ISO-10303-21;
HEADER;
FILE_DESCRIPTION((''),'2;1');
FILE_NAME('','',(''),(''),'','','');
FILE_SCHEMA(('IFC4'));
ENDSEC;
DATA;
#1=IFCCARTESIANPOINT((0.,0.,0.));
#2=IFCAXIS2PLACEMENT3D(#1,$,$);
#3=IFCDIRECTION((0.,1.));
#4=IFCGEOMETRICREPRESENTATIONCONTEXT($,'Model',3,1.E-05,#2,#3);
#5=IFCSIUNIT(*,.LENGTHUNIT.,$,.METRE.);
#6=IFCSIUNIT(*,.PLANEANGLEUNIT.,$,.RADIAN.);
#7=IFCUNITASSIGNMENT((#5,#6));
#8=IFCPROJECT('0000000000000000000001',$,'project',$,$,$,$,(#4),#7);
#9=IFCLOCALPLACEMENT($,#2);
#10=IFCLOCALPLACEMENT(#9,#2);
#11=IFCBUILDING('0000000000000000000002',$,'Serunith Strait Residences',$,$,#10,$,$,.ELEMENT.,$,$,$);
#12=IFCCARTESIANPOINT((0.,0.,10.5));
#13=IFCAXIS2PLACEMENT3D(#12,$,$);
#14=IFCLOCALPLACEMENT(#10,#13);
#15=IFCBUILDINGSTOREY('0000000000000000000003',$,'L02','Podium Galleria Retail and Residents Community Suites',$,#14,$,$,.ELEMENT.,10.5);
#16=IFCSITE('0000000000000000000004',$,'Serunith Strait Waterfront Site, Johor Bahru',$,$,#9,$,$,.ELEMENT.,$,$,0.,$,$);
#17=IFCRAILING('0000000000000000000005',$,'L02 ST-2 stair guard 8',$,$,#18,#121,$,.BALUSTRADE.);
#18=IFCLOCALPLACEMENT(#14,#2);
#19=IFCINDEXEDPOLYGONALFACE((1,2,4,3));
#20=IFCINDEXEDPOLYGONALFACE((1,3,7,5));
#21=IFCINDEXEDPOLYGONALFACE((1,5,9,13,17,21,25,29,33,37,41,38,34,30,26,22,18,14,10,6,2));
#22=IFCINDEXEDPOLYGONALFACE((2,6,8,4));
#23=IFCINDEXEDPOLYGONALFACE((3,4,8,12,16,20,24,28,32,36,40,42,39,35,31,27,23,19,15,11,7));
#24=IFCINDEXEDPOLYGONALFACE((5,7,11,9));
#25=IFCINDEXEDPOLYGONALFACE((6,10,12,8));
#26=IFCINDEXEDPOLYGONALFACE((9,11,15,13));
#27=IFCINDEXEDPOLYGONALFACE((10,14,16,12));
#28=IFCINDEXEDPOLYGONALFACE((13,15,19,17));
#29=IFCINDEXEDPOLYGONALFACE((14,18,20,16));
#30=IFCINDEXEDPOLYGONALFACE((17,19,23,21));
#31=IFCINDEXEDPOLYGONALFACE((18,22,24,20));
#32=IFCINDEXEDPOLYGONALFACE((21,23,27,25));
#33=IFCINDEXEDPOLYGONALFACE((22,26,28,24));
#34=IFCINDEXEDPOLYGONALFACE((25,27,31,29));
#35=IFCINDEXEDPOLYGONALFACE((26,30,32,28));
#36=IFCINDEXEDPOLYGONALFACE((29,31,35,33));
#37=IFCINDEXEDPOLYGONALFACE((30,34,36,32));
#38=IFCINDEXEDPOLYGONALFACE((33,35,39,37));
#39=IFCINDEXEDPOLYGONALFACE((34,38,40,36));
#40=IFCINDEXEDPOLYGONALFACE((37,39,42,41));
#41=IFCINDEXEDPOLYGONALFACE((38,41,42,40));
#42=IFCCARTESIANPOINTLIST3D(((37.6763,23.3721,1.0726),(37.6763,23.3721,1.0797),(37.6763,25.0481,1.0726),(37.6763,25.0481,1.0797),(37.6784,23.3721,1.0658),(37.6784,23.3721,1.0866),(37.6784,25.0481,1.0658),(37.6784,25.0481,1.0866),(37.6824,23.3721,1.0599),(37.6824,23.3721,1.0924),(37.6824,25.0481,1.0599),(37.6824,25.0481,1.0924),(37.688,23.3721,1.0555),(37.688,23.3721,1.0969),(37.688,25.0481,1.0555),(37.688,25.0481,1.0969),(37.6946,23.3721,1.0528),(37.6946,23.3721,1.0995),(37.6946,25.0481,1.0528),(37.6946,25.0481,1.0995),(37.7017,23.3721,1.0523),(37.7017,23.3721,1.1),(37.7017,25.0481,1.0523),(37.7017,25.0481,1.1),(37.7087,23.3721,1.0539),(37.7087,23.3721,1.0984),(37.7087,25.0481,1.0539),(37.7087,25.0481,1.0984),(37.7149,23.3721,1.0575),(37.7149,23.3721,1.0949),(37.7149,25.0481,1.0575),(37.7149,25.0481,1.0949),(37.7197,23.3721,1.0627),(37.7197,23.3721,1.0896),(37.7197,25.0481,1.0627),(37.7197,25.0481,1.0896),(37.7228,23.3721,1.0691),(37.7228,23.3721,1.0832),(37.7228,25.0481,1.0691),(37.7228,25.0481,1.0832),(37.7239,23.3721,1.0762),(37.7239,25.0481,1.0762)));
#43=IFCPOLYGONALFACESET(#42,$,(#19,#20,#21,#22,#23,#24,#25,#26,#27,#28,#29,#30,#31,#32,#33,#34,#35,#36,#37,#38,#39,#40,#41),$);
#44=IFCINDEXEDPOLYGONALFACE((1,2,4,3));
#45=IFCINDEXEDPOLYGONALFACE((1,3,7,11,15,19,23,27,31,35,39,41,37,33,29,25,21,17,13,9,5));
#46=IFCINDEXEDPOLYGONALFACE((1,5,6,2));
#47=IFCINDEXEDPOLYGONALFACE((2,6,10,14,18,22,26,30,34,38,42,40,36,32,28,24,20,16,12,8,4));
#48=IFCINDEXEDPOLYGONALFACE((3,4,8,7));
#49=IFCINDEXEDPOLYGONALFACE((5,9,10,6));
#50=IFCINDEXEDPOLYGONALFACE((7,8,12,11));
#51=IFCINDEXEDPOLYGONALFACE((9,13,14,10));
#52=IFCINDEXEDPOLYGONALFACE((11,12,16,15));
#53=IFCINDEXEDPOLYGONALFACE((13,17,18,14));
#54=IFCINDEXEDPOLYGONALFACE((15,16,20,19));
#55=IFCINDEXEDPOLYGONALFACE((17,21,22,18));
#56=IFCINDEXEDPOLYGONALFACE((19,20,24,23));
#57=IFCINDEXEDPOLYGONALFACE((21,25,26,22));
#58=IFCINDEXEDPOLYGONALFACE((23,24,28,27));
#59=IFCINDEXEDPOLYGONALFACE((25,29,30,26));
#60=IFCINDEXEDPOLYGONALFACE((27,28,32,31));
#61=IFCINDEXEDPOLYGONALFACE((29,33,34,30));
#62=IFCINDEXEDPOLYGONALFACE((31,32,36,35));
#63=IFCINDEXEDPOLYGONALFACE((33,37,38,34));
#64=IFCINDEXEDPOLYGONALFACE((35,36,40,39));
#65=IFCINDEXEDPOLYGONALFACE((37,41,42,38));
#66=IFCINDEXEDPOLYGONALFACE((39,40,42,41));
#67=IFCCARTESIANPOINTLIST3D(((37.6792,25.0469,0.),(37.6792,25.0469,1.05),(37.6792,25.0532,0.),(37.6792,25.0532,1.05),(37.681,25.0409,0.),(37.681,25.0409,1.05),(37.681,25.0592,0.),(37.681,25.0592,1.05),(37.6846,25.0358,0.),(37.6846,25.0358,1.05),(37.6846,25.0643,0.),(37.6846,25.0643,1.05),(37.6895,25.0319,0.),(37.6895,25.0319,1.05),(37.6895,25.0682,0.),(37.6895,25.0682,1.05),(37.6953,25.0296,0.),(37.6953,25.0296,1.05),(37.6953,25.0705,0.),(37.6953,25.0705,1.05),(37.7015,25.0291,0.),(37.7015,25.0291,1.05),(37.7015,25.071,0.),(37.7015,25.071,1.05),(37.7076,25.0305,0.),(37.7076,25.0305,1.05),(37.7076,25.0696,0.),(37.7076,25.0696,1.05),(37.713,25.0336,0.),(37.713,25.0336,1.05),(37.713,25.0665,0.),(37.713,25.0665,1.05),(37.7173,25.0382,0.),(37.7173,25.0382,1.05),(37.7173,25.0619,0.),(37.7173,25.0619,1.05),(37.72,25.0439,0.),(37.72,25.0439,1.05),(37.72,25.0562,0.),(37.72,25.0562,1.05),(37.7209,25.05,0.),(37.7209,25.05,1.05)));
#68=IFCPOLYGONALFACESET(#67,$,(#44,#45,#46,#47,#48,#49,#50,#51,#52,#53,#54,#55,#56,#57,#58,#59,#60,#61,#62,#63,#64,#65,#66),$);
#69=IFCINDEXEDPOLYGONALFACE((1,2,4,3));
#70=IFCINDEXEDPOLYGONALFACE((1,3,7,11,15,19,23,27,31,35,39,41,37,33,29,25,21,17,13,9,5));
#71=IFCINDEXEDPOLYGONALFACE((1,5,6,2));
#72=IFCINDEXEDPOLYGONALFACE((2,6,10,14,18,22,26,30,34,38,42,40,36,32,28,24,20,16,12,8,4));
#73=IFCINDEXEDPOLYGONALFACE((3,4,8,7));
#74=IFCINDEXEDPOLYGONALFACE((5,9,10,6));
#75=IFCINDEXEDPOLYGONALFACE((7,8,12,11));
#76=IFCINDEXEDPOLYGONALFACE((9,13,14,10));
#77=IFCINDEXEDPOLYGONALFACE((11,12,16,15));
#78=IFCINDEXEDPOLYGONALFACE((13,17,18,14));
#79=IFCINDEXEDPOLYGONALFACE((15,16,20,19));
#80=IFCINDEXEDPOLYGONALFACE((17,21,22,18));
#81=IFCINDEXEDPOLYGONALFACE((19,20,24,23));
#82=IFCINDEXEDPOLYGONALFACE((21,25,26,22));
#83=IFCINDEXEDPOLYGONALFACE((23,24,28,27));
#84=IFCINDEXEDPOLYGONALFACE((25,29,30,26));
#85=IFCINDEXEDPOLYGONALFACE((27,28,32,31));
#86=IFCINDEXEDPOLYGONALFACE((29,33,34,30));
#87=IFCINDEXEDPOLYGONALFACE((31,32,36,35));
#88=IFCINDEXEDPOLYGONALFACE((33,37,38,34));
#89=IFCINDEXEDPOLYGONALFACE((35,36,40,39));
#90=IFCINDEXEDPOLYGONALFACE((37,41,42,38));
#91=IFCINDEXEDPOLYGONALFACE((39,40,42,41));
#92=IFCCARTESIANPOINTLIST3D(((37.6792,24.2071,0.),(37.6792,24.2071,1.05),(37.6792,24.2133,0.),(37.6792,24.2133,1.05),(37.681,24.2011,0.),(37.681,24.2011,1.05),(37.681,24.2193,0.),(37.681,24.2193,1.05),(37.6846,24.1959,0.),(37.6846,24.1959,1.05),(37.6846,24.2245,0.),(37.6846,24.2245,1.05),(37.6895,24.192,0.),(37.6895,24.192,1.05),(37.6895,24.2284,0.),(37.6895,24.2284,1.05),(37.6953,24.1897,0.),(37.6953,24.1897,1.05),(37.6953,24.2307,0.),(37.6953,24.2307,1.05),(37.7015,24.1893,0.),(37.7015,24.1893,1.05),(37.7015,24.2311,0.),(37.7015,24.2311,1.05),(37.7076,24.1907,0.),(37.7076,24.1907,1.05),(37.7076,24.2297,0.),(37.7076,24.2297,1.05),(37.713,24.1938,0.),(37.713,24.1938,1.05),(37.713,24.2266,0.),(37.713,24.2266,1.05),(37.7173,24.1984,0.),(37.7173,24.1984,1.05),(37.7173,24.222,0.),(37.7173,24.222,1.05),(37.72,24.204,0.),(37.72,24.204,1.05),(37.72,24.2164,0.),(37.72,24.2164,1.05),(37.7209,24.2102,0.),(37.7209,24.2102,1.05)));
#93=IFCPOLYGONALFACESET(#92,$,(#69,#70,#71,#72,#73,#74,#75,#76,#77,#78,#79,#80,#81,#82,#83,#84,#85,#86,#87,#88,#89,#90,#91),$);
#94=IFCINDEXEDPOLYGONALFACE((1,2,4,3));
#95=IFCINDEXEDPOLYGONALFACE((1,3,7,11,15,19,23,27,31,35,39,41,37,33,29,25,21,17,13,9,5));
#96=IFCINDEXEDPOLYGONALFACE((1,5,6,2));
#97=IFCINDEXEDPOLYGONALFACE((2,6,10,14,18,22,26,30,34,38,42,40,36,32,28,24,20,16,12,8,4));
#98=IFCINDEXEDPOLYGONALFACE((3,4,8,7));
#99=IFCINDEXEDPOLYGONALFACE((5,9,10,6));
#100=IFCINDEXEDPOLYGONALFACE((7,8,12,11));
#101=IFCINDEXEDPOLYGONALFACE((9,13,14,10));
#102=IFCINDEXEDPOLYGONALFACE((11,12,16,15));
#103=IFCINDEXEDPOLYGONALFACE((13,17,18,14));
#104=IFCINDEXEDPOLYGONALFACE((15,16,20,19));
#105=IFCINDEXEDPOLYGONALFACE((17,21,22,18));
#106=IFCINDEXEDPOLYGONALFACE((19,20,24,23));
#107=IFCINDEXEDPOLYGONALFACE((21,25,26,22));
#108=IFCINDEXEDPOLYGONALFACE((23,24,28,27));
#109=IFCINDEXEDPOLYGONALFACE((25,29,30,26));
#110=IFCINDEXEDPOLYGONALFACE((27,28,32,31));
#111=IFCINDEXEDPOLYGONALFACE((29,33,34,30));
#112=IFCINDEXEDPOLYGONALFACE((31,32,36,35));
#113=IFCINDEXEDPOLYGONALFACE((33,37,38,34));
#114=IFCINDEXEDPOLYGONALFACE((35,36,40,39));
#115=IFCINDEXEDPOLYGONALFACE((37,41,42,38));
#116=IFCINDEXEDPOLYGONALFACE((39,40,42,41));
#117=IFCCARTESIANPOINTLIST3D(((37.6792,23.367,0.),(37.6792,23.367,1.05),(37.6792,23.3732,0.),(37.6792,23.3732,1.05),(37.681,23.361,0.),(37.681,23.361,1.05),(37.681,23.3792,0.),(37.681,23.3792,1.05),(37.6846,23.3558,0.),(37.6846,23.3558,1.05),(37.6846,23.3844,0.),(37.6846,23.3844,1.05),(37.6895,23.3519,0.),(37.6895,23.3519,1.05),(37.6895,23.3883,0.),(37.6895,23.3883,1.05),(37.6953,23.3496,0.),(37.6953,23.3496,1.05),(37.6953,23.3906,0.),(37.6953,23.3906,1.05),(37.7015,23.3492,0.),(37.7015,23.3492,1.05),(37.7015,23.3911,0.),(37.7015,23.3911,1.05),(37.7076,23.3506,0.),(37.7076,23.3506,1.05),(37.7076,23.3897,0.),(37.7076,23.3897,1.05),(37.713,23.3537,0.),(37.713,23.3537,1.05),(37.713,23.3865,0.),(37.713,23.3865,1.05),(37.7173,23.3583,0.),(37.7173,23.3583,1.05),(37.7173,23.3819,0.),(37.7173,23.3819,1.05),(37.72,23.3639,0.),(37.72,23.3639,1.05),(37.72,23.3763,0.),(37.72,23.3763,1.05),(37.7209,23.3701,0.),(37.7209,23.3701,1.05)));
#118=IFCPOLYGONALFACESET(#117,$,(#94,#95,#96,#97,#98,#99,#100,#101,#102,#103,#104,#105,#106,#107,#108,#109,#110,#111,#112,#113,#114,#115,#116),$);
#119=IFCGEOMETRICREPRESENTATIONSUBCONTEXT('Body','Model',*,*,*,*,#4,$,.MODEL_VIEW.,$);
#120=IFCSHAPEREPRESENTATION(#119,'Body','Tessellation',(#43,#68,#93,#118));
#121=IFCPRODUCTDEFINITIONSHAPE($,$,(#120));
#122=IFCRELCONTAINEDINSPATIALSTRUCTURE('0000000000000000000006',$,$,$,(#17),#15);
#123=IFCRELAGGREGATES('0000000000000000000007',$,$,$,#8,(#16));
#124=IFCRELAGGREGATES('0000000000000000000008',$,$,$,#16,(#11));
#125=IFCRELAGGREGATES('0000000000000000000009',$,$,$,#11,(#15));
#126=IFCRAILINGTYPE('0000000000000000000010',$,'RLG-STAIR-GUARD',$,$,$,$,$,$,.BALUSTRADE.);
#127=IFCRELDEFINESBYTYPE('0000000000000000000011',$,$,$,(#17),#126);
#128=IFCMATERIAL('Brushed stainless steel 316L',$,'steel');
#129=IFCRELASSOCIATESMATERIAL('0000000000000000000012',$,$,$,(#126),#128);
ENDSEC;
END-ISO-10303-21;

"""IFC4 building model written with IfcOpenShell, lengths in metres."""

from ifc_helpers import new_model, si_unit, direction, frame, origin, origin_2d, place, context, subcontext, project, spatial, circle, extrude, material, type_object, element, save


model = new_model("IFC4")

# Units and contexts
model_context = context("Model", 3, precision=1e-05, world=origin(), true_north=direction((0.0, 1.0)))
body_context = subcontext(model_context, "Body", "Model", "MODEL_VIEW")
ifc_project = project(units=[si_unit("LENGTHUNIT", "METRE"), si_unit("PLANEANGLEUNIT", "RADIAN")], contexts=[model_context])

# Site, building, storey
site_placement = place(None, origin())
site = spatial("IfcSite", under=ifc_project, at=site_placement, Name="Serunith Strait Waterfront Site, Johor Bahru", CompositionType="ELEMENT", RefElevation=0.0)
building_placement = place(site_placement, origin())
building = spatial("IfcBuilding", under=site, at=building_placement, Name="Serunith Strait Residences", CompositionType="ELEMENT")
storey_placement = place(building_placement, frame((0.0, 0.0, 10.5)))
storey = spatial("IfcBuildingStorey", under=building, at=storey_placement, Name="L02", Description="Podium Galleria Retail and Residents Community Suites", CompositionType="ELEMENT", Elevation=10.5)

# Railing
ifc_material_1 = material(Name="Brushed stainless steel 316L", Category="steel")
railing_type_1 = type_object("IfcRailingType", Name="RLG-STAIR-GUARD", PredefinedType="BALUSTRADE", material=ifc_material_1)
railing_1_placement = place(storey_placement, frame((37.7, 25.05, 0.0)))
element("IfcRailing", 1, at=railing_1_placement, inside=storey, type_object=railing_type_1, Name="L02 ST-2 stair guard 8", PredefinedType="BALUSTRADE", context=body_context, shape_type="SweptSolid", body=[
    extrude(circle(Radius=0.0239, at=origin_2d()), frame((0.0, -0.002, 1.0762), z_axis=(0.0, -1.0, 0.0), x_axis=(1.0, 0.0, 0.0)), (0.0, 0.0, 1.0), 1.676),
    extrude(circle(Radius=0.021, at=origin_2d()), origin(), (0.0, 0.0, 1.0), 1.05),
    extrude(circle(Radius=0.021, at=origin_2d()), frame((0.0, -0.8398, 0.0)), (0.0, 0.0, 1.0), 1.05),
    extrude(circle(Radius=0.021, at=origin_2d()), frame((0.0, -1.6799, 0.0)), (0.0, 0.0, 1.0), 1.05),
])

save(model, "model.ifc")
